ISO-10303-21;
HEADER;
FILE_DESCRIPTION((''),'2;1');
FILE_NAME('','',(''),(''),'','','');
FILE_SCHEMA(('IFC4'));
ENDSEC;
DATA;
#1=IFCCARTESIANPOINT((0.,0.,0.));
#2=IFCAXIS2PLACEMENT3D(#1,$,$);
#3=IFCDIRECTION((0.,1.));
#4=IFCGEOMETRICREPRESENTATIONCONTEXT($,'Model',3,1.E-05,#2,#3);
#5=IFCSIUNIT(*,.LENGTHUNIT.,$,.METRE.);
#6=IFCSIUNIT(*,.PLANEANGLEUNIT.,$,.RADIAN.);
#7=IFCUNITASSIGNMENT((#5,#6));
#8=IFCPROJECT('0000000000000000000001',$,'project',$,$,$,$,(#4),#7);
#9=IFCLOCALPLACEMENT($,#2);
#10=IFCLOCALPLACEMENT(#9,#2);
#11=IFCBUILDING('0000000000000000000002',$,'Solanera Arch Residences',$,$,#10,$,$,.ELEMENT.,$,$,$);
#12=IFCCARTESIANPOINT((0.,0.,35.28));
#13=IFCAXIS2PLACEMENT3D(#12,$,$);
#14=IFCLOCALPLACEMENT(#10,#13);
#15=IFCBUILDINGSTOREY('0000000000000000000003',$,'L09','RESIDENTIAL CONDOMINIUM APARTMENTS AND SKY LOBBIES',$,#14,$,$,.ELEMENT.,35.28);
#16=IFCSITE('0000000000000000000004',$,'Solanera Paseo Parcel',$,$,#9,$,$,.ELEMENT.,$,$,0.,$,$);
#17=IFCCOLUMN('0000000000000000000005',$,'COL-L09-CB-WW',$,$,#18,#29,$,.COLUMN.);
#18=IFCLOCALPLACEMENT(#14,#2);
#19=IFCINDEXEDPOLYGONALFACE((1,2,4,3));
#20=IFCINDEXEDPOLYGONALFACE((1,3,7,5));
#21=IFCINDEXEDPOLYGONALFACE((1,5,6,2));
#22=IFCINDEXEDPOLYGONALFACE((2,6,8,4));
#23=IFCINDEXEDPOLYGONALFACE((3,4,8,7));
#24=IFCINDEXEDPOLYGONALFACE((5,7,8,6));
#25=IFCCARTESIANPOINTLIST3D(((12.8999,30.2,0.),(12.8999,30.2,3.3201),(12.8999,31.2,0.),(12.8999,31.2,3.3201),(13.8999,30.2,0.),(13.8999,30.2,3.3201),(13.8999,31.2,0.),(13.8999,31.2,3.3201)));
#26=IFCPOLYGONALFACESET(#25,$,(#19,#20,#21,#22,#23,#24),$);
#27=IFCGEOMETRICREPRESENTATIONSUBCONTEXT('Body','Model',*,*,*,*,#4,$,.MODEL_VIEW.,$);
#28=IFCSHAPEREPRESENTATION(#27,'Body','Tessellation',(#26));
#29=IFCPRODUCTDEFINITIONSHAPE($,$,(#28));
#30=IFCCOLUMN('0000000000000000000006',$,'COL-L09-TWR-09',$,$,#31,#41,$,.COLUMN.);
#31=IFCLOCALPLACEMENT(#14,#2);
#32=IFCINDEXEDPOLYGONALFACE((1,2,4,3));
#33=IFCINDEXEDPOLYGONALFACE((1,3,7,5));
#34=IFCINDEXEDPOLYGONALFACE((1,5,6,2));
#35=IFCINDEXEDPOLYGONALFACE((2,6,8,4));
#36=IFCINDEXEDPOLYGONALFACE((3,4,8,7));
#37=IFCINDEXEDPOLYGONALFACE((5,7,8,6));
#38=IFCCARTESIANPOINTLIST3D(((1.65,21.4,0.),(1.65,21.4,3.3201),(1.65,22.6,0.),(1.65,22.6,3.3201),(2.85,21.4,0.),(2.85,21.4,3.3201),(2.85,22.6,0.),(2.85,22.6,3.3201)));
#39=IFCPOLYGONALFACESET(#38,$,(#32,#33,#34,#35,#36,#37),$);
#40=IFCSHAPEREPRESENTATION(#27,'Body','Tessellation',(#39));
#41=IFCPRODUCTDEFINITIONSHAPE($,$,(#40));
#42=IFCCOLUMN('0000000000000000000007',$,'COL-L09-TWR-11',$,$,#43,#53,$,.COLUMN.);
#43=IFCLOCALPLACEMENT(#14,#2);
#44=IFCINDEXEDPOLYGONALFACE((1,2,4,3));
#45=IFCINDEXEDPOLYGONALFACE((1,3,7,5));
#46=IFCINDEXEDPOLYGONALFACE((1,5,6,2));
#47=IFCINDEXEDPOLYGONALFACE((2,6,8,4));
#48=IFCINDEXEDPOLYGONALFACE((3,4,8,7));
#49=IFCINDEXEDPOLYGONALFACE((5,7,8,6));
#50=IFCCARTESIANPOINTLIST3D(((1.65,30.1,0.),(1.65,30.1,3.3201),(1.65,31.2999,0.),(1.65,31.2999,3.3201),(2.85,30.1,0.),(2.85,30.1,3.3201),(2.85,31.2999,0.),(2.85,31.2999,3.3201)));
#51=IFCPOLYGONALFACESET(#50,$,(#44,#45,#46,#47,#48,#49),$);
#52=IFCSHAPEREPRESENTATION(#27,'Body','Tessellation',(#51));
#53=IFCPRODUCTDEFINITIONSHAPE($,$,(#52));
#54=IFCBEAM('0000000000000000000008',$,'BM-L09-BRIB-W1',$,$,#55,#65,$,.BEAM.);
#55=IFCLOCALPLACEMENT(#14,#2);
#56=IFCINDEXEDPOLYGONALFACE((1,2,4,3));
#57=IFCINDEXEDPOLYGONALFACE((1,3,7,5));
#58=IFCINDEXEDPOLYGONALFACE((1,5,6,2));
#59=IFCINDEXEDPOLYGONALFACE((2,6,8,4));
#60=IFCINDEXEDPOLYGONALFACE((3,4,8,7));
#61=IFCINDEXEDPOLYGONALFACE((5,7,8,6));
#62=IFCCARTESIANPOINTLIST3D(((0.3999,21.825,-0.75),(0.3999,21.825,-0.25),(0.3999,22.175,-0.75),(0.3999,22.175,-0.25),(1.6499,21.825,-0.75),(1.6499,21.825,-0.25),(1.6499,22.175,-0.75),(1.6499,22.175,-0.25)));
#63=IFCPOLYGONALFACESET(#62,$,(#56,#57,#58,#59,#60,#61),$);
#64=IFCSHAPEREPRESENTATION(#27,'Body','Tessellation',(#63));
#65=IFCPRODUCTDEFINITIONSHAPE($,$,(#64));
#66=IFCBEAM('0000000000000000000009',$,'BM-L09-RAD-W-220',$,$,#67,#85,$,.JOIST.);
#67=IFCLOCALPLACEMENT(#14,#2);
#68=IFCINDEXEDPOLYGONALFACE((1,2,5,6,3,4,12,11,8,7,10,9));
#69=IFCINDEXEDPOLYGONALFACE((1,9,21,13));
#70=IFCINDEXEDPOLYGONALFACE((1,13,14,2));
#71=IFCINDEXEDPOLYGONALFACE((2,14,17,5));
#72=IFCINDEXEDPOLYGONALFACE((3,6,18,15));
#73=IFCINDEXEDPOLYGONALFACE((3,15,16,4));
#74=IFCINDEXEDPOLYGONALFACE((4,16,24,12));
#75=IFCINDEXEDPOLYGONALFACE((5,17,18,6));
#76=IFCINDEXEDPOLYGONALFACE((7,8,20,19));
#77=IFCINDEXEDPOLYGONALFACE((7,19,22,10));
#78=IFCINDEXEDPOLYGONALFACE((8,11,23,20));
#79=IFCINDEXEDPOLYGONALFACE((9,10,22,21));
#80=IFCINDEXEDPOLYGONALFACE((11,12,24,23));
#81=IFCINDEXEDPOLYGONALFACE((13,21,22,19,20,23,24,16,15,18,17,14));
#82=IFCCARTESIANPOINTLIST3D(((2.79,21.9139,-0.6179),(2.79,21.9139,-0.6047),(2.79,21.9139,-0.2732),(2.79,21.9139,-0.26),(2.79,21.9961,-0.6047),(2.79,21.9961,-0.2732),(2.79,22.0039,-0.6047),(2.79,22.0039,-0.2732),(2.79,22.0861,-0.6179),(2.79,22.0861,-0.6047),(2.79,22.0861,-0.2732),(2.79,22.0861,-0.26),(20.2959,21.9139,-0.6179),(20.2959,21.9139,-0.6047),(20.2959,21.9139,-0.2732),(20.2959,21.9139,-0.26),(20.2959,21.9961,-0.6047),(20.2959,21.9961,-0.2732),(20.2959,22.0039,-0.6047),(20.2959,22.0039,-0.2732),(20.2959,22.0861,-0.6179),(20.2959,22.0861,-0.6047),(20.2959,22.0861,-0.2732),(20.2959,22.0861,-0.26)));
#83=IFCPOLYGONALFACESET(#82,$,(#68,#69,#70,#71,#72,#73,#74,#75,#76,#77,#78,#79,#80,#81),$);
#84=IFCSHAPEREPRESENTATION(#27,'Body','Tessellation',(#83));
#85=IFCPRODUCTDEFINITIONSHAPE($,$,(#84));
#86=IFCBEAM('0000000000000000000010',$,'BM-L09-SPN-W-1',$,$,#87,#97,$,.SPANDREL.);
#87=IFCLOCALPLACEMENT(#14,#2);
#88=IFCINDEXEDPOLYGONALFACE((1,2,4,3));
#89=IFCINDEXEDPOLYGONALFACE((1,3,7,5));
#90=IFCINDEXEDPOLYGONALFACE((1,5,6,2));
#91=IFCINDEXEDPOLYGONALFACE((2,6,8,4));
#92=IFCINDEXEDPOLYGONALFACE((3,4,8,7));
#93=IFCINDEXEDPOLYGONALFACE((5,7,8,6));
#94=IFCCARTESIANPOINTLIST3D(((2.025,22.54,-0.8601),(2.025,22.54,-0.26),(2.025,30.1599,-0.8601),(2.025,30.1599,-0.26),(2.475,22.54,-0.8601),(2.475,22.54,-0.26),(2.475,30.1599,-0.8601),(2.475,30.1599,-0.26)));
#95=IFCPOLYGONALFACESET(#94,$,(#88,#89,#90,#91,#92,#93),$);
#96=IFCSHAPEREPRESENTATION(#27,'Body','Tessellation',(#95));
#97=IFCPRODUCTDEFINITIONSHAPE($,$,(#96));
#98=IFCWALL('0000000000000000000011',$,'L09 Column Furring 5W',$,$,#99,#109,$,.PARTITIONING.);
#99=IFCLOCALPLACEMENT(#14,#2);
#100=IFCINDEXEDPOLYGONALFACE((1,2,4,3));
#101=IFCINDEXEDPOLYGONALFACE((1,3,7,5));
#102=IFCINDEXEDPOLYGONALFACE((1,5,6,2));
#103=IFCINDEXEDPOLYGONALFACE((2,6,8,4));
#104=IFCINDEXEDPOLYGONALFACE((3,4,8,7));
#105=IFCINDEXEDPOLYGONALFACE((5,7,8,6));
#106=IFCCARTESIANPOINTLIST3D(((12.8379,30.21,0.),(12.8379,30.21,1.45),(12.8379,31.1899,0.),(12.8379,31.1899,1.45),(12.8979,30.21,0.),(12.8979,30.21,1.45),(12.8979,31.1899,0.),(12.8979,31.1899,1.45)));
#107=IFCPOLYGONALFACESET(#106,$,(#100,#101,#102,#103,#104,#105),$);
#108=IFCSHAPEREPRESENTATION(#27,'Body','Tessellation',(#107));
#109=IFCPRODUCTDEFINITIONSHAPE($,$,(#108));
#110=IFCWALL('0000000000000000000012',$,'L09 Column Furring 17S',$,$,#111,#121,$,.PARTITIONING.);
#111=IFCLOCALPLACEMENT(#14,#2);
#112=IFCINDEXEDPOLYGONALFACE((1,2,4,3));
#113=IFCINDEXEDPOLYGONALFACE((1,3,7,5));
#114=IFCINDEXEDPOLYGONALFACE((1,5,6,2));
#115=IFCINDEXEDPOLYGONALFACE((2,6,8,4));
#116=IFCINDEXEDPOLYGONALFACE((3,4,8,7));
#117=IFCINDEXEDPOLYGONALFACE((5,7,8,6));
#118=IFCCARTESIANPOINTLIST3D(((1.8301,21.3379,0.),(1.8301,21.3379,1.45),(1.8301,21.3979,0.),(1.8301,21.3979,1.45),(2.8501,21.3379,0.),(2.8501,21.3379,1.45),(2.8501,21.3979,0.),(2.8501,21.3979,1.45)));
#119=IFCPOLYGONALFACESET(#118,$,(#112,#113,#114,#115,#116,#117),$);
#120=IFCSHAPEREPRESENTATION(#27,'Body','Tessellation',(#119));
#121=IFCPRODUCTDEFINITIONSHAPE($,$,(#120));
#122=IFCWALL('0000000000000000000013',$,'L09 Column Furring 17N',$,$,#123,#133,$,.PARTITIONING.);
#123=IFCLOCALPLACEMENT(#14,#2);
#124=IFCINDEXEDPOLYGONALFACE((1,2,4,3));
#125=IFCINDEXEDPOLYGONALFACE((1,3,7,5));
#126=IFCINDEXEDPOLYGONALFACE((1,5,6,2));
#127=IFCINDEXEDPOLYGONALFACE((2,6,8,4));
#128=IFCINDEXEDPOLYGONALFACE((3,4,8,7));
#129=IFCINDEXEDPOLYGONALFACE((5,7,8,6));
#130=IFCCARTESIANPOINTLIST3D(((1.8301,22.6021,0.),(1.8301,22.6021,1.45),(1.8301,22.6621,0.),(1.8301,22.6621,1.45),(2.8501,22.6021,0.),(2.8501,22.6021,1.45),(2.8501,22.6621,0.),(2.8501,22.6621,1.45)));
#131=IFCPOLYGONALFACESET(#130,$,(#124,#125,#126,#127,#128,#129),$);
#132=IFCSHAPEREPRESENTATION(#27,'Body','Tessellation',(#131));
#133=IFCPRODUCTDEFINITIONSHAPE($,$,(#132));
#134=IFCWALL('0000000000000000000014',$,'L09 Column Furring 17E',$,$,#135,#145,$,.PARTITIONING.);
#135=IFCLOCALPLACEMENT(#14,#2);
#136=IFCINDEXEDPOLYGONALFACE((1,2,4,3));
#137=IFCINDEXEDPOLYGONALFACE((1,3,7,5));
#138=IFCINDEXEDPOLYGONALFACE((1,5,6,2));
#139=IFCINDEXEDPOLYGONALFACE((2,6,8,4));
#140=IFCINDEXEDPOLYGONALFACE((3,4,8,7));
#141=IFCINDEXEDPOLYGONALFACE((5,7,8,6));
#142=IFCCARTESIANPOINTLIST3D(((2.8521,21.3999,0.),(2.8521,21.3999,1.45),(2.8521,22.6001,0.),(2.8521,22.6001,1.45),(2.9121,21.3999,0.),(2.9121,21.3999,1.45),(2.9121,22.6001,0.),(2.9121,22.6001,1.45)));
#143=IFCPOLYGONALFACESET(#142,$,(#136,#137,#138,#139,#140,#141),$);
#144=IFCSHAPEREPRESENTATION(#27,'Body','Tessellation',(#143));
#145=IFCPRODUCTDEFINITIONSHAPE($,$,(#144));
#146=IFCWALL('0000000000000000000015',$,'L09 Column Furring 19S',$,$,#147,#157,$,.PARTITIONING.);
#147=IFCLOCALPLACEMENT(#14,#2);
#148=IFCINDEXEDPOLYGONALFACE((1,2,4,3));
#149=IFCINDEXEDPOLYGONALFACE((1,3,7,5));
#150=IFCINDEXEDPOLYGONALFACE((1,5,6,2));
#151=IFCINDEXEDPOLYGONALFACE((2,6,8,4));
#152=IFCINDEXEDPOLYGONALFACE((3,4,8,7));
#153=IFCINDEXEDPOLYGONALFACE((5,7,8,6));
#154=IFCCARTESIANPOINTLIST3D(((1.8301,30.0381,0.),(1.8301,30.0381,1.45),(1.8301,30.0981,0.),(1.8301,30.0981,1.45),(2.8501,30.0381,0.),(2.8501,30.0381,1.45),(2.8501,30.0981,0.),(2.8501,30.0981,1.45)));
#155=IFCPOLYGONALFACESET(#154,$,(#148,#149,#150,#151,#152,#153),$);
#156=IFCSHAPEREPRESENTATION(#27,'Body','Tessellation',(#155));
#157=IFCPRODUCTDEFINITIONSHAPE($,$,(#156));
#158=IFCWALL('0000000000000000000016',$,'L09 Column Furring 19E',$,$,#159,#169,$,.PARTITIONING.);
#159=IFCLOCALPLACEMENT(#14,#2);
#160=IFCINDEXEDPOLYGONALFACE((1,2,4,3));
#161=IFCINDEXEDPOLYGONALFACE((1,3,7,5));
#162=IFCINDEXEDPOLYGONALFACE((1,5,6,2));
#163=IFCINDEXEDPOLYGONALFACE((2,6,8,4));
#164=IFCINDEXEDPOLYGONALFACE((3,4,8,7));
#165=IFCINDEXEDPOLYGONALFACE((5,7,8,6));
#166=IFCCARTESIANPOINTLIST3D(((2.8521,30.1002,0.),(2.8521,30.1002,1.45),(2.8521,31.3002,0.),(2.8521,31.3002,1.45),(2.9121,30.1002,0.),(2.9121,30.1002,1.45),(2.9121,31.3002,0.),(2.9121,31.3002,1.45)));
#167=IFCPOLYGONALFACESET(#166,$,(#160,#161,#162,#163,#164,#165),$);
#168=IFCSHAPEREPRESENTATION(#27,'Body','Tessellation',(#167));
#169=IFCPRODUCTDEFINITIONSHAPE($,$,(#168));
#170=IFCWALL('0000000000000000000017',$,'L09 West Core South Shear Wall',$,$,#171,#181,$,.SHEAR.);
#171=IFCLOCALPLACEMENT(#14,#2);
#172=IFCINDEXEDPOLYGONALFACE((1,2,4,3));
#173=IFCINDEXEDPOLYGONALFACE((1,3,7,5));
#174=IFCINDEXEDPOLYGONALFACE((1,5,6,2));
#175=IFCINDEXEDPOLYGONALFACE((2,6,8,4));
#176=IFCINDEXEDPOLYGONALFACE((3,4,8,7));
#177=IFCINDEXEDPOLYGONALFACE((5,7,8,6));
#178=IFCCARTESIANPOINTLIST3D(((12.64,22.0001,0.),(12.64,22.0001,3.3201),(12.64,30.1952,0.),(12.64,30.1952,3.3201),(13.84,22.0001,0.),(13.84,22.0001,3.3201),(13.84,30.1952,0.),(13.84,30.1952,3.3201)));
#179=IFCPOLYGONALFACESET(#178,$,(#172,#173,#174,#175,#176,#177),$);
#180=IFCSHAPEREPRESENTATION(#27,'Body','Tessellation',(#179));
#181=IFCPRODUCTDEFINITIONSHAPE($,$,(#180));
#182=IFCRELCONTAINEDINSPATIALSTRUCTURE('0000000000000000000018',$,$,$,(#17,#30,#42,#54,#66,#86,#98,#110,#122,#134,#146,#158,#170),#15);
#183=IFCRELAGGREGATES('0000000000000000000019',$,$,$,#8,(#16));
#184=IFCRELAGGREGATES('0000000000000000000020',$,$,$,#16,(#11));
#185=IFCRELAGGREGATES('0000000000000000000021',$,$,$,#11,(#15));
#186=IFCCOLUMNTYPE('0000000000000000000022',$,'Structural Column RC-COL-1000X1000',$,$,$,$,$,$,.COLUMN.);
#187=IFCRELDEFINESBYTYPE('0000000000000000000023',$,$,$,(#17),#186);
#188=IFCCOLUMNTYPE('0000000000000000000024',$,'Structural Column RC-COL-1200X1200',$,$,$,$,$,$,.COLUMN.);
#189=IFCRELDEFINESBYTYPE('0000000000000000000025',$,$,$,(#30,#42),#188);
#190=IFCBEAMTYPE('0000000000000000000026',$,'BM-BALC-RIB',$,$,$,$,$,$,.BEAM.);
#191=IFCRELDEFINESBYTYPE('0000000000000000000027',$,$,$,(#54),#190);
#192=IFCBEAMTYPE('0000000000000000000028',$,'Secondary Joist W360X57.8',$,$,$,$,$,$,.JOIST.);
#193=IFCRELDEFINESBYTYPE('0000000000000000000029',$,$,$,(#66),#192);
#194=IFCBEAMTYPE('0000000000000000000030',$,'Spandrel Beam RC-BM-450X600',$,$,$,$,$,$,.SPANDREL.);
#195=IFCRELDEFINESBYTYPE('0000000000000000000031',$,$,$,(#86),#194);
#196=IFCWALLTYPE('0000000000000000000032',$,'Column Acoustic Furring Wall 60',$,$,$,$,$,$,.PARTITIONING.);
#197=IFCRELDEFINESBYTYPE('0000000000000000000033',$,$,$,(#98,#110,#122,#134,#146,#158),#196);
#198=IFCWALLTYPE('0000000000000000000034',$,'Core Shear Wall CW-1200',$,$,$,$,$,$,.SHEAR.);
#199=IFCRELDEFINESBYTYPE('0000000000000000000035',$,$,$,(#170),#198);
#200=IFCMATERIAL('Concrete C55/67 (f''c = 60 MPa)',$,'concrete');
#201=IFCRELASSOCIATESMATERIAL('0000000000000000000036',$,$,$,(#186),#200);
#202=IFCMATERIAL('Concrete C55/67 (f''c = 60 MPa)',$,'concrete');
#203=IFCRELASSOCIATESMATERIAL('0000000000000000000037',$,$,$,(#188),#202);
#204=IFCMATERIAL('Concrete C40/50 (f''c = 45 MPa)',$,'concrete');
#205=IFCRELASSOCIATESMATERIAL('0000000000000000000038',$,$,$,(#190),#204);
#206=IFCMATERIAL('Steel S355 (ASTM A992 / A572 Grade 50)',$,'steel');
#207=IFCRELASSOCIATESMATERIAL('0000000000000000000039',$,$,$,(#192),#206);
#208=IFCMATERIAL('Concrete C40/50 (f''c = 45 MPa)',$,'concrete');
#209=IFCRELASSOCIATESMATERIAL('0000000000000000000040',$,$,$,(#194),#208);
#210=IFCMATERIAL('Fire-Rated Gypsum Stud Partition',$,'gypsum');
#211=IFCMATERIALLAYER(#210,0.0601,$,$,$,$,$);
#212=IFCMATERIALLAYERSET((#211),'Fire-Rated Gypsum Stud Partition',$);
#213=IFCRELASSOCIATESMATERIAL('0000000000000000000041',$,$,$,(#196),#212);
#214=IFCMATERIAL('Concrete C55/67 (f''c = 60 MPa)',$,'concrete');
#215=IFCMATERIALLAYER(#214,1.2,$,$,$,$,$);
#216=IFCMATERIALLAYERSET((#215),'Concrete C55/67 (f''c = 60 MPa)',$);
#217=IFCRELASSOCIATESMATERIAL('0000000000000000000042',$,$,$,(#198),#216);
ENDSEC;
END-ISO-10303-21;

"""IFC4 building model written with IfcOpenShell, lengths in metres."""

from ifc_helpers import new_model, si_unit, direction, frame, frame_2d, origin, origin_2d, place, context, subcontext, project, spatial, rectangle, i_section, extrude, material, layer, layer_set, material_profile, profile_set, type_object, element, save


model = new_model("IFC4")

# Units and contexts
model_context = context("Model", 3, precision=1e-05, world=origin(), true_north=direction((0.0, 1.0)))
body_context = subcontext(model_context, "Body", "Model", "MODEL_VIEW")
ifc_project = project(units=[si_unit("LENGTHUNIT", "METRE"), si_unit("PLANEANGLEUNIT", "RADIAN")], contexts=[model_context])

# Site, building, storey
site_placement = place(None, origin())
site = spatial("IfcSite", under=ifc_project, at=site_placement, Name="Solanera Paseo Parcel", CompositionType="ELEMENT", RefElevation=0.0)
building_placement = place(site_placement, origin())
building = spatial("IfcBuilding", under=site, at=building_placement, Name="Solanera Arch Residences", CompositionType="ELEMENT")
storey_placement = place(building_placement, frame((0.0, 0.0, 35.28)))
storey = spatial("IfcBuildingStorey", under=building, at=storey_placement, Name="L09", Description="RESIDENTIAL CONDOMINIUM APARTMENTS AND SKY LOBBIES", CompositionType="ELEMENT", Elevation=35.28)

# Columns
ifc_material_1 = material(Name="Concrete C55/67 (f'c = 60 MPa)", Category="concrete")
ifc_material_profile_1 = material_profile(ifc_material_1, rectangle(XDim=1.0, YDim=1.0, at=origin_2d()))
ifc_profile_set_1 = profile_set([ifc_material_profile_1], Name="Concrete C55/67 (f'c = 60 MPa)")
column_type_1 = type_object("IfcColumnType", Name="Structural Column RC-COL-1000X1000", PredefinedType="COLUMN", material=ifc_profile_set_1)
column_placement = place(storey_placement, frame((13.3999, 30.7, 0.0), z_axis=(0.0, 0.0, 1.0), x_axis=(1.0, 0.0, 0.0)))
element("IfcColumn", 1, at=column_placement, inside=storey, type_object=column_type_1, Name="COL-L09-CB-WW", PredefinedType="COLUMN", context=body_context, shape_type="SweptSolid", body=[
    extrude(rectangle(XDim=1.0, YDim=1.0, at=origin_2d()), origin(), (0.0, 0.0, 1.0), 3.3201),
])
ifc_material_2 = material(Name="Concrete C55/67 (f'c = 60 MPa)", Category="concrete")
ifc_material_profile_2 = material_profile(ifc_material_2, rectangle(XDim=1.2, YDim=1.2, at=origin_2d()))
ifc_profile_set_2 = profile_set([ifc_material_profile_2], Name="Concrete C55/67 (f'c = 60 MPa)")
column_type_2 = type_object("IfcColumnType", Name="Structural Column RC-COL-1200X1200", PredefinedType="COLUMN", material=ifc_profile_set_2)
for number, where, z_axis, x_axis, name in (
    (2, (2.25, 22.0, 0.0), (0.0, 0.0, 1.0), (1.0, 0.0, 0.0), "COL-L09-TWR-09"),
    (3, (2.25, 30.7, 0.0), (0.0, 0.0, 1.0), (1.0, 0.0, 0.0), "COL-L09-TWR-11"),
):
    element("IfcColumn", number, at=place(storey_placement, frame(where, z_axis=z_axis, x_axis=x_axis)), inside=storey, type_object=column_type_2, Name=name, PredefinedType="COLUMN", context=body_context, shape_type="SweptSolid", body=[
        extrude(rectangle(XDim=1.2, YDim=1.2, at=origin_2d()), origin(), (0.0, 0.0, 1.0), 3.3201),
    ])

# Beams
ifc_material_3 = material(Name="Concrete C40/50 (f'c = 45 MPa)", Category="concrete")
ifc_material_profile_3 = material_profile(ifc_material_3, rectangle(XDim=0.3501, YDim=0.5, at=origin_2d()))
ifc_profile_set_3 = profile_set([ifc_material_profile_3], Name="Concrete C40/50 (f'c = 45 MPa)")
beam_type_1 = type_object("IfcBeamType", Name="BM-BALC-RIB", PredefinedType="BEAM", material=ifc_profile_set_3)
beam_1_placement = place(storey_placement, frame((0.3999, 22.0, -0.5), z_axis=(1.0, 0.0, 0.0), x_axis=(0.0, 1.0, 0.0)))
element("IfcBeam", 4, at=beam_1_placement, inside=storey, type_object=beam_type_1, Name="BM-L09-BRIB-W1", PredefinedType="BEAM", context=body_context, shape_type="SweptSolid", body=[
    extrude(rectangle(XDim=0.3501, YDim=0.5, at=origin_2d()), origin(), (0.0, 0.0, 1.0), 1.25),
])
ifc_material_4 = material(Name="Steel S355 (ASTM A992 / A572 Grade 50)", Category="steel")
ifc_material_profile_4 = material_profile(ifc_material_4, i_section(OverallWidth=0.1721, OverallDepth=0.3579, WebThickness=0.0078, FlangeThickness=0.0132, at=origin_2d()))
ifc_profile_set_4 = profile_set([ifc_material_profile_4], Name="Steel S355 (ASTM A992 / A572 Grade 50)")
beam_type_2 = type_object("IfcBeamType", Name="Secondary Joist W360X57.8", PredefinedType="JOIST", material=ifc_profile_set_4)
beam_2_placement = place(storey_placement, frame((2.79, 22.0, -0.439), z_axis=(1.0, 0.0, 0.0), x_axis=(0.0, 1.0, 0.0)))
element("IfcBeam", 5, at=beam_2_placement, inside=storey, type_object=beam_type_2, Name="BM-L09-RAD-W-220", PredefinedType="JOIST", context=body_context, shape_type="SweptSolid", body=[
    extrude(i_section(OverallWidth=0.1721, OverallDepth=0.3579, WebThickness=0.0078, FlangeThickness=0.0132, at=origin_2d()), origin(), (0.0, 0.0, 1.0), 17.5059),
])
ifc_material_5 = material(Name="Concrete C40/50 (f'c = 45 MPa)", Category="concrete")
ifc_material_profile_5 = material_profile(ifc_material_5, rectangle(XDim=0.45, YDim=0.6001, at=origin_2d()))
ifc_profile_set_5 = profile_set([ifc_material_profile_5], Name="Concrete C40/50 (f'c = 45 MPa)")
beam_type_3 = type_object("IfcBeamType", Name="Spandrel Beam RC-BM-450X600", PredefinedType="SPANDREL", material=ifc_profile_set_5)
beam_3_placement = place(storey_placement, frame((2.25, 22.54, -0.5601), z_axis=(0.0, 1.0, 0.0), x_axis=(-1.0, 0.0, 0.0)))
element("IfcBeam", 6, at=beam_3_placement, inside=storey, type_object=beam_type_3, Name="BM-L09-SPN-W-1", PredefinedType="SPANDREL", context=body_context, shape_type="SweptSolid", body=[
    extrude(rectangle(XDim=0.45, YDim=0.6001, at=origin_2d()), origin(), (0.0, 0.0, 1.0), 7.6199),
])

# Walls
ifc_material_6 = material(Name="Fire-Rated Gypsum Stud Partition", Category="gypsum")
ifc_layer_1 = layer(ifc_material_6, 0.0601)
ifc_layer_set_1 = layer_set([ifc_layer_1], Name="Fire-Rated Gypsum Stud Partition")
wall_type_1 = type_object("IfcWallType", Name="Column Acoustic Furring Wall 60", PredefinedType="PARTITIONING", material=ifc_layer_set_1)
wall_1_placement = place(storey_placement, frame((12.8679, 30.21, 0.0), z_axis=(0.0, 0.0, 1.0), x_axis=(0.0, 1.0, 0.0)))
element("IfcWall", 7, at=wall_1_placement, inside=storey, type_object=wall_type_1, Name="L09 Column Furring 5W", PredefinedType="PARTITIONING", context=body_context, shape_type="SweptSolid", body=[
    extrude(rectangle(XDim=0.98, YDim=0.0601, at=frame_2d((0.49, 0.0))), origin(), (0.0, 0.0, 1.0), 1.45),
])
for number, where, z_axis, x_axis, name in (
    (8, (1.8301, 21.3679, 0.0), (0.0, 0.0, 1.0), (1.0, 0.0, 0.0), "L09 Column Furring 17S"),
    (9, (1.8301, 22.6321, 0.0), (0.0, 0.0, 1.0), (1.0, 0.0, 0.0), "L09 Column Furring 17N"),
):
    element("IfcWall", number, at=place(storey_placement, frame(where, z_axis=z_axis, x_axis=x_axis)), inside=storey, type_object=wall_type_1, Name=name, PredefinedType="PARTITIONING", context=body_context, shape_type="SweptSolid", body=[
        extrude(rectangle(XDim=1.02, YDim=0.0601, at=frame_2d((0.51, 0.0))), origin(), (0.0, 0.0, 1.0), 1.45),
    ])
wall_2_placement = place(storey_placement, frame((2.8821, 21.3999, 0.0), z_axis=(0.0, 0.0, 1.0), x_axis=(0.0, 1.0, 0.0)))
element("IfcWall", 10, at=wall_2_placement, inside=storey, type_object=wall_type_1, Name="L09 Column Furring 17E", PredefinedType="PARTITIONING", context=body_context, shape_type="SweptSolid", body=[
    extrude(rectangle(XDim=1.2002, YDim=0.0601, at=frame_2d((0.6001, 0.0))), origin(), (0.0, 0.0, 1.0), 1.45),
])
wall_3_placement = place(storey_placement, frame((1.8301, 30.0681, 0.0), z_axis=(0.0, 0.0, 1.0), x_axis=(1.0, 0.0, 0.0)))
element("IfcWall", 11, at=wall_3_placement, inside=storey, type_object=wall_type_1, Name="L09 Column Furring 19S", PredefinedType="PARTITIONING", context=body_context, shape_type="SweptSolid", body=[
    extrude(rectangle(XDim=1.02, YDim=0.0601, at=frame_2d((0.51, 0.0))), origin(), (0.0, 0.0, 1.0), 1.45),
])
wall_4_placement = place(storey_placement, frame((2.8821, 30.1001, 0.0), z_axis=(0.0, 0.0, 1.0), x_axis=(0.0, 1.0, 0.0)))
element("IfcWall", 12, at=wall_4_placement, inside=storey, type_object=wall_type_1, Name="L09 Column Furring 19E", PredefinedType="PARTITIONING", context=body_context, shape_type="SweptSolid", body=[
    extrude(rectangle(XDim=1.2, YDim=0.0601, at=frame_2d((0.6001, 0.0))), origin(), (0.0, 0.0, 1.0), 1.45),
])
ifc_material_7 = material(Name="Concrete C55/67 (f'c = 60 MPa)", Category="concrete")
ifc_layer_2 = layer(ifc_material_7, 1.2)
ifc_layer_set_2 = layer_set([ifc_layer_2], Name="Concrete C55/67 (f'c = 60 MPa)")
wall_type_2 = type_object("IfcWallType", Name="Core Shear Wall CW-1200", PredefinedType="SHEAR", material=ifc_layer_set_2)
wall_5_placement = place(storey_placement, frame((13.24, 22.0, 0.0), z_axis=(0.0, 0.0, 1.0), x_axis=(0.0, 1.0, 0.0)))
element("IfcWall", 13, at=wall_5_placement, inside=storey, type_object=wall_type_2, Name="L09 West Core South Shear Wall", PredefinedType="SHEAR", context=body_context, shape_type="SweptSolid", body=[
    extrude(rectangle(XDim=8.1951, YDim=1.2, at=frame_2d((4.0977, 0.0))), origin(), (0.0, 0.0, 1.0), 3.3201),
])

save(model, "model.ifc")
